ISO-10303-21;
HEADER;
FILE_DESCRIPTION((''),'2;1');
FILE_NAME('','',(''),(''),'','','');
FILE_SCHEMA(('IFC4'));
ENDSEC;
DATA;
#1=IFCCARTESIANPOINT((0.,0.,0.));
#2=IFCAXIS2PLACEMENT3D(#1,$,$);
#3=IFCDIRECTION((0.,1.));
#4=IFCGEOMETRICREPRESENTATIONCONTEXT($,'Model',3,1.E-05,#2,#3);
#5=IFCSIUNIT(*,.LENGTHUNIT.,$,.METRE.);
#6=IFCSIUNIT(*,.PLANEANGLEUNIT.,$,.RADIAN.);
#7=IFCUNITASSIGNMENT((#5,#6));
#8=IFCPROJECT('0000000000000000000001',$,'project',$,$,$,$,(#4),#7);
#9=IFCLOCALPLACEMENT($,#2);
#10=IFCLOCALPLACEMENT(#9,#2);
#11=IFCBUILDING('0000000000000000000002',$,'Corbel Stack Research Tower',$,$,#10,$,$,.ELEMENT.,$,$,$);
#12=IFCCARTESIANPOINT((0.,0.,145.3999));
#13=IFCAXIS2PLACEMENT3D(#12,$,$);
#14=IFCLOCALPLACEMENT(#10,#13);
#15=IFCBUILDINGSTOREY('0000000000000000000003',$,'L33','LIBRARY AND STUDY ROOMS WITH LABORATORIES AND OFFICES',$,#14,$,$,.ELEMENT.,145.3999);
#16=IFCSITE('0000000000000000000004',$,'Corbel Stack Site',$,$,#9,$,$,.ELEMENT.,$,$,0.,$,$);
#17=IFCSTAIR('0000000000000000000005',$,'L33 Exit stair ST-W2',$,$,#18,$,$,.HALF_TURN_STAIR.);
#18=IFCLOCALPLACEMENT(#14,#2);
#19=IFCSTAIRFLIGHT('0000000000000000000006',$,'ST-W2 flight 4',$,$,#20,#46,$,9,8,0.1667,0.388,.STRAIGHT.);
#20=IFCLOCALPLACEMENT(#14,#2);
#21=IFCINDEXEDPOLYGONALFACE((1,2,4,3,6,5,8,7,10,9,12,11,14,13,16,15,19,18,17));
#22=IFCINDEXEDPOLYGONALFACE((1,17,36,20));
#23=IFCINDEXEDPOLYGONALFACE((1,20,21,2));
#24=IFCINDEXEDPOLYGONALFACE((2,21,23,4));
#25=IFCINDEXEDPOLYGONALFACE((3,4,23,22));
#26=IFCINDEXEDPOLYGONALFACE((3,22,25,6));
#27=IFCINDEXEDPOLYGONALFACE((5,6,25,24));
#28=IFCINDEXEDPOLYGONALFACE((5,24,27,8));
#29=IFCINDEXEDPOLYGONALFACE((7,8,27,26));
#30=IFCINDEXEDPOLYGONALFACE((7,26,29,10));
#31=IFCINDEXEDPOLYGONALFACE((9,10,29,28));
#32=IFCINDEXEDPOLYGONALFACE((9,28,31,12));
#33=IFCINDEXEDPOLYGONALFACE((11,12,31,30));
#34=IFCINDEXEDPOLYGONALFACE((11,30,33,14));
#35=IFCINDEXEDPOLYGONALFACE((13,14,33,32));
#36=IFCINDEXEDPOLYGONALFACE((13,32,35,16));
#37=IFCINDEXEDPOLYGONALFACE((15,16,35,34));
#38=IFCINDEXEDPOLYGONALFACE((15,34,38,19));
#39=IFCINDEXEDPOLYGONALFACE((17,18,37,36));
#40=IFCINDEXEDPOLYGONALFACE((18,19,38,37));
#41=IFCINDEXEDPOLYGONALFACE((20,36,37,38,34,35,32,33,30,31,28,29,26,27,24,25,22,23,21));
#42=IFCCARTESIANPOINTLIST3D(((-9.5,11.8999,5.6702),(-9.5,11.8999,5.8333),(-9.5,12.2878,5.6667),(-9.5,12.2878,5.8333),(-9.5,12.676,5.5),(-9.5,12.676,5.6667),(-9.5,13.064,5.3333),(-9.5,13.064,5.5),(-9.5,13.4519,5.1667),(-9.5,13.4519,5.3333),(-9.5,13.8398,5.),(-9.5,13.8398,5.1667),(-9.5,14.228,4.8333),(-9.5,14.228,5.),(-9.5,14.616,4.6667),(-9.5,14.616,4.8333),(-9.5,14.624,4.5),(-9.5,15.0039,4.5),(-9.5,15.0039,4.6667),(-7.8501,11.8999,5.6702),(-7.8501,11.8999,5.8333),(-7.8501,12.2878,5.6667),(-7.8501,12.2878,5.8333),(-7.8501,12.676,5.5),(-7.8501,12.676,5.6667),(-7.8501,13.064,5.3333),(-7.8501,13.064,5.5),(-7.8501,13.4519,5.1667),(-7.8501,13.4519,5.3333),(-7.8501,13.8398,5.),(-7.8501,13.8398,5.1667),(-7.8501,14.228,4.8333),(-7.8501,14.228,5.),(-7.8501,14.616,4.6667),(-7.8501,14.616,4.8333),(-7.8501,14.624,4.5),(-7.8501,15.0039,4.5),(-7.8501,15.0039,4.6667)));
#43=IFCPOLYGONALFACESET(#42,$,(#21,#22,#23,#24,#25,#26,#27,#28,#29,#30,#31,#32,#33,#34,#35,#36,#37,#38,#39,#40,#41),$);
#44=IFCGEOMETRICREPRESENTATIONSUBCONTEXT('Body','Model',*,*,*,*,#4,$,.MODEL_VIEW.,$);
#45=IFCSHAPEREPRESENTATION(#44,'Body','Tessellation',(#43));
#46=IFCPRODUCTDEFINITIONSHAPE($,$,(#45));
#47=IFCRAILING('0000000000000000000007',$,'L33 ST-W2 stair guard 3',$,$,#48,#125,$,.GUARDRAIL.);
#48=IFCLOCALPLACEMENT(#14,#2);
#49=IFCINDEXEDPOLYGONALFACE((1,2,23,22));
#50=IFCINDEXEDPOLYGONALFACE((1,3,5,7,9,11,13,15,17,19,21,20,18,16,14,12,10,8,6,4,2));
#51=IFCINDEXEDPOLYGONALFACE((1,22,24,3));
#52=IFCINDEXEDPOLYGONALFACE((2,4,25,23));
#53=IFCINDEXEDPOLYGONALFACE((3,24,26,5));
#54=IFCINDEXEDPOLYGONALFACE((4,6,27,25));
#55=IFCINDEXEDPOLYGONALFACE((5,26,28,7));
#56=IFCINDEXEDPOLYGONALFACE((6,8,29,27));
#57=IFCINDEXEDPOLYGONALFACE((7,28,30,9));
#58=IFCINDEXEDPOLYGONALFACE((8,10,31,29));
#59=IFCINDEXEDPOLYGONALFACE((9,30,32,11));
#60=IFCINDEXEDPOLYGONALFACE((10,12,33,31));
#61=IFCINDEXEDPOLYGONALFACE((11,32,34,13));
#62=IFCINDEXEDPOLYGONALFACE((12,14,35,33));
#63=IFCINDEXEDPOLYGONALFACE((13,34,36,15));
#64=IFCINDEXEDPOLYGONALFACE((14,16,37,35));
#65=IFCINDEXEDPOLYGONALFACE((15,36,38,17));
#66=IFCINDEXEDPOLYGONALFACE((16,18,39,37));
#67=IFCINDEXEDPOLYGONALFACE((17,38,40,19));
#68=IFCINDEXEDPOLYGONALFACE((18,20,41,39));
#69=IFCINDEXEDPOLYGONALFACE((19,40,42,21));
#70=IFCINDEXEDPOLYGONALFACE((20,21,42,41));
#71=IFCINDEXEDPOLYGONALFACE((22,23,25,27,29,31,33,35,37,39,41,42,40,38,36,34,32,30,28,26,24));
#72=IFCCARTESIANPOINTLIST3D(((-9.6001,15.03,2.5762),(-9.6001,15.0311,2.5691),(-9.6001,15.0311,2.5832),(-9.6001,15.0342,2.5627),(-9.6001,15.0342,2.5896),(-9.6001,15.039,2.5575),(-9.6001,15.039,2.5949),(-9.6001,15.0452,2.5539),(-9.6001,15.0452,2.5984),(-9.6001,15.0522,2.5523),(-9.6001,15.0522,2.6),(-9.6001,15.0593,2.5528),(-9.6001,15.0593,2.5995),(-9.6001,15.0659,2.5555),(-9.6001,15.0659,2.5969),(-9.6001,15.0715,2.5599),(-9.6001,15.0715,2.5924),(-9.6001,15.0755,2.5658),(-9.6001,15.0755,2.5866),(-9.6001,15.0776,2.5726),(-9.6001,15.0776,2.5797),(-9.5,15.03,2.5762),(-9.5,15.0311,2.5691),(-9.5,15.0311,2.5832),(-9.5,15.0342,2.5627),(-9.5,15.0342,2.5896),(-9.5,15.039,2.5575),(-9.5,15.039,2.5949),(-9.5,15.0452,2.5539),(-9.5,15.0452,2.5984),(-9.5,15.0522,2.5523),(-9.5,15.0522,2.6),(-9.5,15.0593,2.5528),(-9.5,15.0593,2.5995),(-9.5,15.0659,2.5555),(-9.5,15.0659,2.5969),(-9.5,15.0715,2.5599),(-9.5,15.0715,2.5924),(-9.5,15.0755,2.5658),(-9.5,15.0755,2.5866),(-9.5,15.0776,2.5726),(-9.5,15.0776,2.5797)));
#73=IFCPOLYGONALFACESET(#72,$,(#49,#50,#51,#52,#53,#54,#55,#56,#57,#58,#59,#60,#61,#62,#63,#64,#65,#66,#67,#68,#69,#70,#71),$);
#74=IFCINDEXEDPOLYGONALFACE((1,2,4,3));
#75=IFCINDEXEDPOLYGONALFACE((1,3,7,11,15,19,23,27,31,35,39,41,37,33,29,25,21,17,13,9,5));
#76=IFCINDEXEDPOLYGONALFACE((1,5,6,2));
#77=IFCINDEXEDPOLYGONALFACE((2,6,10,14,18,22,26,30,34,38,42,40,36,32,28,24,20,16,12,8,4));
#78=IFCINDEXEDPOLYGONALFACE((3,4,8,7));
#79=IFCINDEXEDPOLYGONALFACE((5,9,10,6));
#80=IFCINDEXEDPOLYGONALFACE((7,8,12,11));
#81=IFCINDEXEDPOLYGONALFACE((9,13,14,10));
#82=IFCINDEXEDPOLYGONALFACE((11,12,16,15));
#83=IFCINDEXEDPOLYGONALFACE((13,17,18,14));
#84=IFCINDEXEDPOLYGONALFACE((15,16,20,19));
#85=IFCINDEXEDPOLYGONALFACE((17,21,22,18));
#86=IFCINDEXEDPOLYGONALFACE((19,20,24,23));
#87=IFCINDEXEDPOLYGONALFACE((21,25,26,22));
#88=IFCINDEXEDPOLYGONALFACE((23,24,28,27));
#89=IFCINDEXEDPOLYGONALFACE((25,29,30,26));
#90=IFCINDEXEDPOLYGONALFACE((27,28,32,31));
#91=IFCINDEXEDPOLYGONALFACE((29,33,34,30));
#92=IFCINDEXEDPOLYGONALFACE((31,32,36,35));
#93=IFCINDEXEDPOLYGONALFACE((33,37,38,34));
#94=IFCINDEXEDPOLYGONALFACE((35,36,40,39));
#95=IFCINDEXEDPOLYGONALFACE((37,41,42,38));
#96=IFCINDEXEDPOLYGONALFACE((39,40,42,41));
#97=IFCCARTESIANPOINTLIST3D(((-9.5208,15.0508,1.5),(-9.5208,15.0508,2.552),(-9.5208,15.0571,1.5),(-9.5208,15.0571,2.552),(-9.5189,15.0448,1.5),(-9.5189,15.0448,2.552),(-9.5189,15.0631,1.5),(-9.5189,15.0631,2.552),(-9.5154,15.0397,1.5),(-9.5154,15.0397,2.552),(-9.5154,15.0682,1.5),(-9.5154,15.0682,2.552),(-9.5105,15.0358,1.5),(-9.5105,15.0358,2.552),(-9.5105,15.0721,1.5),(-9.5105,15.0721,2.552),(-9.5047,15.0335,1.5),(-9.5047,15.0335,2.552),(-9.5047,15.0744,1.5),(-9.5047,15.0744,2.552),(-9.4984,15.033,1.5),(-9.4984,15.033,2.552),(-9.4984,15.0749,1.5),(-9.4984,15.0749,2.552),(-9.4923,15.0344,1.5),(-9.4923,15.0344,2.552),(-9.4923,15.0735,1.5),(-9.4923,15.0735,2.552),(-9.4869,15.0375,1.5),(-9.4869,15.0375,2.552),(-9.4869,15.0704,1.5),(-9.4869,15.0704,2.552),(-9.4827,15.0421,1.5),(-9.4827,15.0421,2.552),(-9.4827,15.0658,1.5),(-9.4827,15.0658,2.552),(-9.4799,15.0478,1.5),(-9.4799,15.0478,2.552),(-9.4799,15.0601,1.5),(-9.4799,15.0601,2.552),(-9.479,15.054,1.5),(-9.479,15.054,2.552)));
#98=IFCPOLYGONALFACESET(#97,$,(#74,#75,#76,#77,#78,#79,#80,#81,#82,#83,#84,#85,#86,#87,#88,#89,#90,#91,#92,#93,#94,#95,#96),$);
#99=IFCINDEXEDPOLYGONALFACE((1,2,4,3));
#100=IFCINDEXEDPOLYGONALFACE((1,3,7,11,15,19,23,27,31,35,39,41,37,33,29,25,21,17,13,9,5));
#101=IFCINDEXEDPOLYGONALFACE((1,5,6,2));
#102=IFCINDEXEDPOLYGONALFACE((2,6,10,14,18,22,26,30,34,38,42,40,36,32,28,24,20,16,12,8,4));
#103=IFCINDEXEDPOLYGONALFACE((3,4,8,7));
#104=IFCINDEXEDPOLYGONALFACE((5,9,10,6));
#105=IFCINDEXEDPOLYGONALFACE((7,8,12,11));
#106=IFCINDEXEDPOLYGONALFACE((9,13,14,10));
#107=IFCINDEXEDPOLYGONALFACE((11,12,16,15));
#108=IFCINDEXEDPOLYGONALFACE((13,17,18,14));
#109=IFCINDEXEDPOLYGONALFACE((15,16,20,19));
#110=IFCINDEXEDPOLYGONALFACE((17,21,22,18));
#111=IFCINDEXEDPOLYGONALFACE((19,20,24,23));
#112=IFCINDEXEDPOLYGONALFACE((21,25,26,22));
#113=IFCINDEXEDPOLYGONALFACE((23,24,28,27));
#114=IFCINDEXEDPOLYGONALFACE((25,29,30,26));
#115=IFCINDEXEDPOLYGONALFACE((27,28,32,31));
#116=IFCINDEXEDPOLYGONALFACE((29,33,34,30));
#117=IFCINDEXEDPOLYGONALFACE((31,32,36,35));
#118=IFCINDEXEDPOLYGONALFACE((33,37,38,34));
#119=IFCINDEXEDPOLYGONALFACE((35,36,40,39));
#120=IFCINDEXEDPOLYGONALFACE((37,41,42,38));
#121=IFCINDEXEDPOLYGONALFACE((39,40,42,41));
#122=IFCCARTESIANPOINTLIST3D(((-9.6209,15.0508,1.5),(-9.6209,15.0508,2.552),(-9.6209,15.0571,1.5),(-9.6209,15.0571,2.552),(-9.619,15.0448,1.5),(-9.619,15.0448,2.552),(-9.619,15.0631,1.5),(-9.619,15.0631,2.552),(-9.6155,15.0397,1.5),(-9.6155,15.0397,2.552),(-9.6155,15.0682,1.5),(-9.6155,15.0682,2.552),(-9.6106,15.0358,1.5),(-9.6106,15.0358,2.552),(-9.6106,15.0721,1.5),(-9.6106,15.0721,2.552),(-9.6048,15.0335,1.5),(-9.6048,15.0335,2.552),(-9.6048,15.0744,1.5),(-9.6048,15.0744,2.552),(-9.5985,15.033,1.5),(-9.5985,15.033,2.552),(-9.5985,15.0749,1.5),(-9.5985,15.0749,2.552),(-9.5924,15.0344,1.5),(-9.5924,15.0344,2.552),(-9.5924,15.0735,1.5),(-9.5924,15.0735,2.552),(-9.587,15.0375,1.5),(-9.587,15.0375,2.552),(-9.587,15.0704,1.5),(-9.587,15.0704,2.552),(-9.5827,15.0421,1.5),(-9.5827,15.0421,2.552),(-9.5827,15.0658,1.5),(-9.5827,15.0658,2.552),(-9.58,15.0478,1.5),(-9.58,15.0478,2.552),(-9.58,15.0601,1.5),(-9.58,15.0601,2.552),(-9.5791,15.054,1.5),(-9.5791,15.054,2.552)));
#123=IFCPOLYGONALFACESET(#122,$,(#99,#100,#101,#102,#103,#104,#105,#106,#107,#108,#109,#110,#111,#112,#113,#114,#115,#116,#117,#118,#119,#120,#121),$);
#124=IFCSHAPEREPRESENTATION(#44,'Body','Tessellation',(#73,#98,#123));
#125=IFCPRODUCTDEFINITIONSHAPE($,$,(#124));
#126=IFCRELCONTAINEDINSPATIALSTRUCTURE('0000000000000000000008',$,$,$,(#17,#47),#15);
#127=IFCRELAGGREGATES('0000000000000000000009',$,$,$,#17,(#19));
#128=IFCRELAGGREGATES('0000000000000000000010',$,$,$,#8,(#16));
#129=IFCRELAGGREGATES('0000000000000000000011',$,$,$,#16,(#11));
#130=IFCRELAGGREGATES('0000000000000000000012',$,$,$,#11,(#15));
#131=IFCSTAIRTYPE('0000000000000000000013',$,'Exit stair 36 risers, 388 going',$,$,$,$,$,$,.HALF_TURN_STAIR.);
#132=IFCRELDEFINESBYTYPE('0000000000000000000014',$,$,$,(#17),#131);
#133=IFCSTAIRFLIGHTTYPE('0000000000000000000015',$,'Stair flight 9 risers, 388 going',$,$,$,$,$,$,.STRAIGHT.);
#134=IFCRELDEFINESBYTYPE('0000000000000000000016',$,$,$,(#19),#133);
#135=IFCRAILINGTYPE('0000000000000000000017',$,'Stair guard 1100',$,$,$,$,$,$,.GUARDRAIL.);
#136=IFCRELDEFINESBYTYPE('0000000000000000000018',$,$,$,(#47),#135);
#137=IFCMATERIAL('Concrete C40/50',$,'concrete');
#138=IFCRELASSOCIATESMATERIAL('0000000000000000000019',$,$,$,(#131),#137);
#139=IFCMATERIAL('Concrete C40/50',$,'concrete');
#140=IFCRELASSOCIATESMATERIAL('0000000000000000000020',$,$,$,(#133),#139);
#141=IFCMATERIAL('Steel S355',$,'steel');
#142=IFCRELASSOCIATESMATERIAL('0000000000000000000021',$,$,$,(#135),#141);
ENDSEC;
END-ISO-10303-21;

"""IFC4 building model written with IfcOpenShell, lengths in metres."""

from ifc_helpers import new_model, si_unit, direction, frame, origin, origin_2d, place, context, subcontext, project, spatial, polyline, circle, outline, extrude, material, type_object, element, aggregate, save


model = new_model("IFC4")

# Units and contexts
model_context = context("Model", 3, precision=1e-05, world=origin(), true_north=direction((0.0, 1.0)))
body_context = subcontext(model_context, "Body", "Model", "MODEL_VIEW")
ifc_project = project(units=[si_unit("LENGTHUNIT", "METRE"), si_unit("PLANEANGLEUNIT", "RADIAN")], contexts=[model_context])

# Site, building, storey
site_placement = place(None, origin())
site = spatial("IfcSite", under=ifc_project, at=site_placement, Name="Corbel Stack Site", CompositionType="ELEMENT", RefElevation=0.0)
building_placement = place(site_placement, origin())
building = spatial("IfcBuilding", under=site, at=building_placement, Name="Corbel Stack Research Tower", CompositionType="ELEMENT")
storey_placement = place(building_placement, frame((0.0, 0.0, 145.3999)))
storey = spatial("IfcBuildingStorey", under=building, at=storey_placement, Name="L33", Description="LIBRARY AND STUDY ROOMS WITH LABORATORIES AND OFFICES", CompositionType="ELEMENT", Elevation=145.3999)

# Stair, stair flight
ifc_material_1 = material(Name="Concrete C40/50", Category="concrete")
stair_type = type_object("IfcStairType", Name="Exit stair 36 risers, 388 going", PredefinedType="HALF_TURN_STAIR", material=ifc_material_1)
stair_placement = place(storey_placement, origin())
stair = element("IfcStair", 1, at=stair_placement, inside=storey, type_object=stair_type, Name="L33 Exit stair ST-W2", PredefinedType="HALF_TURN_STAIR")
ifc_material_2 = material(Name="Concrete C40/50", Category="concrete")
stair_flight_type = type_object("IfcStairFlightType", Name="Stair flight 9 risers, 388 going", PredefinedType="STRAIGHT", material=ifc_material_2)
stair_flight_1_placement = place(storey_placement, frame((-8.675, 15.0039, 4.5), z_axis=(0.0, 0.0, 1.0), x_axis=(0.0, -1.0, 0.0)))
stair_flight_1 = element("IfcStairFlight", 2, at=stair_flight_1_placement, type_object=stair_flight_type, Name="ST-W2 flight 4", NumberOfRisers=9, NumberOfTreads=8, PredefinedType="STRAIGHT", RiserHeight=0.1667, TreadLength=0.388, context=body_context, shape_type="SweptSolid", body=[
    extrude(outline(polyline([(0.0, 0.0), (0.0, 0.1667), (0.3879, 0.1667), (0.3879, 0.3333), (0.7759, 0.3333), (0.7759, 0.5), (1.1641, 0.5), (1.1641, 0.6667), (1.552, 0.6667), (1.552, 0.8333), (1.9399, 0.8333), (1.9399, 1.0), (2.3279, 1.0), (2.3279, 1.1667), (2.7161, 1.1667), (2.7161, 1.3333), (3.104, 1.3333), (3.104, 1.5), (3.104, 1.1702), (0.3799, 0.0), (0.0, 0.0)])), frame((0.0, 0.825, 0.0), z_axis=(0.0, -1.0, 0.0), x_axis=(1.0, 0.0, 0.0)), (0.0, 0.0, 1.0), 1.6499),
])
aggregate(stair, [stair_flight_1])

# Railing
ifc_material_3 = material(Name="Steel S355", Category="steel")
railing_type_1 = type_object("IfcRailingType", Name="Stair guard 1100", PredefinedType="GUARDRAIL", material=ifc_material_3)
railing_1_placement = place(storey_placement, frame((-9.5, 15.054, 1.5)))
element("IfcRailing", 3, at=railing_1_placement, inside=storey, type_object=railing_type_1, Name="L33 ST-W2 stair guard 3", PredefinedType="GUARDRAIL", context=body_context, shape_type="SweptSolid", body=[
    extrude(circle(Radius=0.0239, at=origin_2d()), frame((0.0, 0.0, 1.0762), z_axis=(-1.0, 0.0, 0.0), x_axis=(0.0, -1.0, 0.0)), (0.0, 0.0, 1.0), 0.1001),
    extrude(circle(Radius=0.021, at=origin_2d()), origin(), (0.0, 0.0, 1.0), 1.052),
    extrude(circle(Radius=0.021, at=origin_2d()), frame((-0.1001, 0.0, 0.0)), (0.0, 0.0, 1.0), 1.052),
])

save(model, "model.ifc")
